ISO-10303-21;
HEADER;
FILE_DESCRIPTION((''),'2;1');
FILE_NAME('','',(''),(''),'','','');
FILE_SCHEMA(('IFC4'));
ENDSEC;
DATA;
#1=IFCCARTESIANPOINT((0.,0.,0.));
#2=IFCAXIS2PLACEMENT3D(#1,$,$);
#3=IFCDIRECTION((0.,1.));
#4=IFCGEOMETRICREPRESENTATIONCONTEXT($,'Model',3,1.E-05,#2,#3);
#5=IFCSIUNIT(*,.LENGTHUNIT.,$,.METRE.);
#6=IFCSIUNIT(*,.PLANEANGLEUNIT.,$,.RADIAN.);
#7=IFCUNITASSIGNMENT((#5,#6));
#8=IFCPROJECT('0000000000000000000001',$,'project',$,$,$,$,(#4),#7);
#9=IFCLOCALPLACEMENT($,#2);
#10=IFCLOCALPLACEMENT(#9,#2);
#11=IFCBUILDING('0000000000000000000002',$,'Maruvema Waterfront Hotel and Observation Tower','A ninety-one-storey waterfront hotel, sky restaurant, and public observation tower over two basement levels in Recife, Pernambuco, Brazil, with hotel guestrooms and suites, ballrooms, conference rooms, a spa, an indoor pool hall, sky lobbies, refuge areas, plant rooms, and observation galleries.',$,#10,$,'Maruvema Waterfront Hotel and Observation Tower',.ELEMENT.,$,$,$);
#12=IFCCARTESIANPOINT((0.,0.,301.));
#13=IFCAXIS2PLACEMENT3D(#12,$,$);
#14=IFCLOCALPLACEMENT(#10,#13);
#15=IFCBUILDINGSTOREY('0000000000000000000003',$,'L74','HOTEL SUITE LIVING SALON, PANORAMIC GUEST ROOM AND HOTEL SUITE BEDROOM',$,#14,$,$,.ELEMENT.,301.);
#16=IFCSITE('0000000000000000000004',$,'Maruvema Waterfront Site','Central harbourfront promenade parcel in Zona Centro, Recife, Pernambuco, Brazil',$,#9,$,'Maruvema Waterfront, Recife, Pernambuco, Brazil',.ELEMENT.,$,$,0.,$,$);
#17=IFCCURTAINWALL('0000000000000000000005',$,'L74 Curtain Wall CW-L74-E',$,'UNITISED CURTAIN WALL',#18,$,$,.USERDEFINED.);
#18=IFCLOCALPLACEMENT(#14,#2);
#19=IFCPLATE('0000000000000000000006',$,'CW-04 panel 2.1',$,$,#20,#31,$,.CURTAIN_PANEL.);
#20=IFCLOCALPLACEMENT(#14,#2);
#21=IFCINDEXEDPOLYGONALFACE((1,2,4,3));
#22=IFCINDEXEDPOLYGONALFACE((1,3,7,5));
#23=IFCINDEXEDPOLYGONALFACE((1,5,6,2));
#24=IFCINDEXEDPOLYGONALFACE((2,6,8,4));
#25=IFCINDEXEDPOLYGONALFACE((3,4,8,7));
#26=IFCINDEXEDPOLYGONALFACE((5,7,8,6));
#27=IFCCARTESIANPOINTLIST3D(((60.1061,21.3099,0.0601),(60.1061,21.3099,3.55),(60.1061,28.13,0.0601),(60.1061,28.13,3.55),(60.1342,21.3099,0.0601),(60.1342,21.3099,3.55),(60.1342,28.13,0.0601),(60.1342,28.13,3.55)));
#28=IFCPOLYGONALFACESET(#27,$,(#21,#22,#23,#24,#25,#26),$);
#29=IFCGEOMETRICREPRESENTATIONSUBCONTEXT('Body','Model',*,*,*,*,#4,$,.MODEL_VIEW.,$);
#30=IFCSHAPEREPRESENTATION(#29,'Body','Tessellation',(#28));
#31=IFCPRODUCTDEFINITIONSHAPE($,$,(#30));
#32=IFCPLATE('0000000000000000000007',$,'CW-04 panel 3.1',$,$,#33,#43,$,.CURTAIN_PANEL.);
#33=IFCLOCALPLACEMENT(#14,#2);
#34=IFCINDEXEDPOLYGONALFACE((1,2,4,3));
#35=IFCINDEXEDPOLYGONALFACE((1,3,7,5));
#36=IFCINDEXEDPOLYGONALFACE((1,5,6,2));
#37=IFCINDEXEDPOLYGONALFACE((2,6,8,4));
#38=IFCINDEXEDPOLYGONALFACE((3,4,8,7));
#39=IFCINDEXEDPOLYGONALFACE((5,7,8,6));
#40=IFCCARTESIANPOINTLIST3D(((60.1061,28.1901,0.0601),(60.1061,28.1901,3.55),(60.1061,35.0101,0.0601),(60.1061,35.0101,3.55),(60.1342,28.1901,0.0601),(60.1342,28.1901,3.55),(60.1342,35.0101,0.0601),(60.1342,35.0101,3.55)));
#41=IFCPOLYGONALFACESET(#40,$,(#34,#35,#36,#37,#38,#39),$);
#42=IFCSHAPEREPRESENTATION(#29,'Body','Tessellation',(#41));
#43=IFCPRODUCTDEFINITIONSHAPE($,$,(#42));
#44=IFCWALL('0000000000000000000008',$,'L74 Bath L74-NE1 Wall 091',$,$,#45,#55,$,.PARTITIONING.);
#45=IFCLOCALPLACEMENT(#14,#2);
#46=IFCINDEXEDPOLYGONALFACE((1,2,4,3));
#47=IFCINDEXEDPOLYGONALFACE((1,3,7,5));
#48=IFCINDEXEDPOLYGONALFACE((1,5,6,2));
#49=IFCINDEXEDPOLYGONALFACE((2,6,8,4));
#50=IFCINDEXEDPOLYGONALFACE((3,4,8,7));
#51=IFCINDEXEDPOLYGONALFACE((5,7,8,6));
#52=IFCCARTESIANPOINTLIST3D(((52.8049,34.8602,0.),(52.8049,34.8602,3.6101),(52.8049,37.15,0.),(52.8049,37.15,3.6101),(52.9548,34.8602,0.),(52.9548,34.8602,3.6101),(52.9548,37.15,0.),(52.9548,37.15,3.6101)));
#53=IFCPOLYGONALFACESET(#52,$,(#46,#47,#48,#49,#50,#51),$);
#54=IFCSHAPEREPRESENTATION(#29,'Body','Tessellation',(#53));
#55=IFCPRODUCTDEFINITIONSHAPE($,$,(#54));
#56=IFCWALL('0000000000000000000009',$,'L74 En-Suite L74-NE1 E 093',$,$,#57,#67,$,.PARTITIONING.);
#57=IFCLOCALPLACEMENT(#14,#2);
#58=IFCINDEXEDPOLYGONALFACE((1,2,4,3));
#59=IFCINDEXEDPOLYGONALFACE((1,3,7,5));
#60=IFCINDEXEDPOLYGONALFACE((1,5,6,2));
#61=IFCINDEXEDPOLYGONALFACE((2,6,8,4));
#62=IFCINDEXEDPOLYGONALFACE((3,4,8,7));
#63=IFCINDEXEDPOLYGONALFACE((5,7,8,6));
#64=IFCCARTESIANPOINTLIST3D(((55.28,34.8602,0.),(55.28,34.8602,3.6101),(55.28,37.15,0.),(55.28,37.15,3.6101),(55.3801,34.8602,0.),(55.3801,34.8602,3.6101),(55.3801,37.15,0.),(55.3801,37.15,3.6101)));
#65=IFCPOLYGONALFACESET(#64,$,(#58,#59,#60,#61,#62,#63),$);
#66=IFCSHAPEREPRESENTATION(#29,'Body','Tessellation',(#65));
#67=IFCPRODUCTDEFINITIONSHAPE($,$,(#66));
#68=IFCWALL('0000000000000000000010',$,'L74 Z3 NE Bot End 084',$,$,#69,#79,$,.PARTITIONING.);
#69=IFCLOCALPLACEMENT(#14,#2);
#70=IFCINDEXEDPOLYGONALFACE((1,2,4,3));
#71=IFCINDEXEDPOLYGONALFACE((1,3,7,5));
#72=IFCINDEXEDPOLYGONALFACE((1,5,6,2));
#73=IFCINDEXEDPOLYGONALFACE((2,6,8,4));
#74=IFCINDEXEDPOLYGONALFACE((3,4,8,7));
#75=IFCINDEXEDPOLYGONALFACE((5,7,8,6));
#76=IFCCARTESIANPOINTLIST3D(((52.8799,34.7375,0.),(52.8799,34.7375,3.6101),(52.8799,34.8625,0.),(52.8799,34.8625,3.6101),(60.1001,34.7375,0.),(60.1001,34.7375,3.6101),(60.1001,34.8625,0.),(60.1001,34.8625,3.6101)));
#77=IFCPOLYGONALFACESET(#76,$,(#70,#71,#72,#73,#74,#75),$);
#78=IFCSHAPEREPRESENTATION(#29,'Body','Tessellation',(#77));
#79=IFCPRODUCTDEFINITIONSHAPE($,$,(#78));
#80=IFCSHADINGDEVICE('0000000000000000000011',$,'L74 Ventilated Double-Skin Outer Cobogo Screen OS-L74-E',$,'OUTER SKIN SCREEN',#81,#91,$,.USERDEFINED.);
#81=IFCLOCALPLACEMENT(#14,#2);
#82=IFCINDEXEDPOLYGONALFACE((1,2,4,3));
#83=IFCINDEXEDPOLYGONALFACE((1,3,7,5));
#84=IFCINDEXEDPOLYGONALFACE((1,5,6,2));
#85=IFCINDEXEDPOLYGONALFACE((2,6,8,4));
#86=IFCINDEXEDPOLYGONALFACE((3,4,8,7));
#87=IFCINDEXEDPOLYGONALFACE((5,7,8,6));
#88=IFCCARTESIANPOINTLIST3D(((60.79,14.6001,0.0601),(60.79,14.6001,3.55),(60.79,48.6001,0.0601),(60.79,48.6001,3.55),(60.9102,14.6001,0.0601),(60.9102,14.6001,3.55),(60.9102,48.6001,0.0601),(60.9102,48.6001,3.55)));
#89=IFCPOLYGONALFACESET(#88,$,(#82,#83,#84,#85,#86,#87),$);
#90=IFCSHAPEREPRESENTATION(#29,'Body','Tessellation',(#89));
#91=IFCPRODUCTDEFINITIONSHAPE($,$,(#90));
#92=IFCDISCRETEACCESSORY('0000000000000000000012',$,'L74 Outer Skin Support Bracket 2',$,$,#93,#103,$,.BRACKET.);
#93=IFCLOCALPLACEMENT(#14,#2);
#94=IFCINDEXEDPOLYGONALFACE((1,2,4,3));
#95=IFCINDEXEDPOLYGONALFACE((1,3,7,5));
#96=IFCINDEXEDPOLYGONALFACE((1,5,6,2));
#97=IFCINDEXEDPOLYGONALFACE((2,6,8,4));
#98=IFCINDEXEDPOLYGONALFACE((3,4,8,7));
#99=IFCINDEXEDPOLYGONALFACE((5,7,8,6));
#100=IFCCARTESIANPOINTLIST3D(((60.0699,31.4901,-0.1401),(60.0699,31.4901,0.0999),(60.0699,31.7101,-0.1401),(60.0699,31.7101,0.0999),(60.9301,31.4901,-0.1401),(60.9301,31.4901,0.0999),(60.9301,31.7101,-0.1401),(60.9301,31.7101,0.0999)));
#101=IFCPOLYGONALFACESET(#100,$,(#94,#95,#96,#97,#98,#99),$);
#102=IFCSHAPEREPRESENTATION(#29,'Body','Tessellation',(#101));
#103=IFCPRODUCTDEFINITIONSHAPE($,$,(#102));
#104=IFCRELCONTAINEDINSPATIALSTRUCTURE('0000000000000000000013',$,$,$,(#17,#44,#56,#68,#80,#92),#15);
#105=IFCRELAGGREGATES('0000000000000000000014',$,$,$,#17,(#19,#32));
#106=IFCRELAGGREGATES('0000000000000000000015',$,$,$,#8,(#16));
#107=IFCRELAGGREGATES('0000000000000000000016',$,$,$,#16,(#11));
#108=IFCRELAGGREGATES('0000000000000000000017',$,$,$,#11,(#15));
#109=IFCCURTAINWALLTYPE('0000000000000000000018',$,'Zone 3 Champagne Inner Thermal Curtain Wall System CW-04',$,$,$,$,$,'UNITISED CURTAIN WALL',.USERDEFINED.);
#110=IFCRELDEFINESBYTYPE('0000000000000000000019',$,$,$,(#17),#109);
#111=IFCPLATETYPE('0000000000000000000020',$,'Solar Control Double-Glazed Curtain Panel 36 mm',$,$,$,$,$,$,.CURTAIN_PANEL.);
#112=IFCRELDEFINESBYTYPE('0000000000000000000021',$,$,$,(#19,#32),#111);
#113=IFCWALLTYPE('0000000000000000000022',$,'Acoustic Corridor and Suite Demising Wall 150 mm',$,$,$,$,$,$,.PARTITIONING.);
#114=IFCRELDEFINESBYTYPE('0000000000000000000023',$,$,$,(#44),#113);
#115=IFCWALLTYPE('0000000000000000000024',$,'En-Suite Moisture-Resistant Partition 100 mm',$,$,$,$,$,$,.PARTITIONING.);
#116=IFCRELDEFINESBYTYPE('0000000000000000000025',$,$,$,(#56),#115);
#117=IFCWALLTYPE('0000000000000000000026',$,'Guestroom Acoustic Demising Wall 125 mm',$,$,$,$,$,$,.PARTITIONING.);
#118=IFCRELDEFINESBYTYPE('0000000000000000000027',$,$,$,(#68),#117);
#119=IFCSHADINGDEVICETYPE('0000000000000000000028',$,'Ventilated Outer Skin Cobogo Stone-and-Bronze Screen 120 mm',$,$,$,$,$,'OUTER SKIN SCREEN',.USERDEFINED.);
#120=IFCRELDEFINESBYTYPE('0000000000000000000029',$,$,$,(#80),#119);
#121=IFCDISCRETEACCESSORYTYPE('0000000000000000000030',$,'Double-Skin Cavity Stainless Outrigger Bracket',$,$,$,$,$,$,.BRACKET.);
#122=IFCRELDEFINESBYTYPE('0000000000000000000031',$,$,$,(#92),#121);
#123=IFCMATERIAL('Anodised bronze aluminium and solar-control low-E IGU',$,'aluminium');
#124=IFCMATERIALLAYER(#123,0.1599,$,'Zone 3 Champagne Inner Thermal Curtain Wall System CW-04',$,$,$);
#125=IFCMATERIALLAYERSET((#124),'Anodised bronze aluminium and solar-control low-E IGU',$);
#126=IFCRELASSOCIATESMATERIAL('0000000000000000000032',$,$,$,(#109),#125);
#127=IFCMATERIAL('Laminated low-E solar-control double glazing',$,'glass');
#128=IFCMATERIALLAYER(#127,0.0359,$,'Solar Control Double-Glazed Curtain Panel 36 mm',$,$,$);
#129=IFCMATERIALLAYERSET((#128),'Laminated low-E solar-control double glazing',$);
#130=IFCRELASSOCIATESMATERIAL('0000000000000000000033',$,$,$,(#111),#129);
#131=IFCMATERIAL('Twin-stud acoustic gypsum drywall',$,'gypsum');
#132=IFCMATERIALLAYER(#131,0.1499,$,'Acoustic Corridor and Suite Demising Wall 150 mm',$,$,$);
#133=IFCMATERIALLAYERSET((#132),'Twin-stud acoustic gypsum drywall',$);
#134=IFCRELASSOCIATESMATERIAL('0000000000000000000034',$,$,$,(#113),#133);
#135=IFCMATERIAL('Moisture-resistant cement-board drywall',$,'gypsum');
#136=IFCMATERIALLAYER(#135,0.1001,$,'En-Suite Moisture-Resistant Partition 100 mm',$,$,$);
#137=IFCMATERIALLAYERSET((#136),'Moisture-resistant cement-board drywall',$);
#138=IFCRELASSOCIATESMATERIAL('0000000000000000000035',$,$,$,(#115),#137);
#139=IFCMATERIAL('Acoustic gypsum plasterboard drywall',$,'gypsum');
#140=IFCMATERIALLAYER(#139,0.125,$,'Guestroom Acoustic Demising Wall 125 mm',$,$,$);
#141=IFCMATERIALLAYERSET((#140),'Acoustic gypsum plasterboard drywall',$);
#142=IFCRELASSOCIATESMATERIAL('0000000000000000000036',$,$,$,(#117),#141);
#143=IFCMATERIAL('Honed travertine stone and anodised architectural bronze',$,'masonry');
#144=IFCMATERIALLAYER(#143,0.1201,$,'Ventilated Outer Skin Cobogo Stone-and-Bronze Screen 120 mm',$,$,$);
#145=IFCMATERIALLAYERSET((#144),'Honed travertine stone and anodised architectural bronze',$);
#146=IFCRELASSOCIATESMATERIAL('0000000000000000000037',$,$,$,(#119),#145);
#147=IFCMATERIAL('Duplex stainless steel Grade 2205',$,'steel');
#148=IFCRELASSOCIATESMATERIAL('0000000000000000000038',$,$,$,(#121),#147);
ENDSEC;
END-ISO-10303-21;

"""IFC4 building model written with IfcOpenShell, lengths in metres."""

from ifc_helpers import new_model, si_unit, direction, frame, frame_2d, origin, origin_2d, place, context, subcontext, project, spatial, rectangle, extrude, material, layer, layer_set, type_object, element, aggregate, save


model = new_model("IFC4")

# Units and contexts
model_context = context("Model", 3, precision=1e-05, world=origin(), true_north=direction((0.0, 1.0)))
body_context = subcontext(model_context, "Body", "Model", "MODEL_VIEW")
ifc_project = project(units=[si_unit("LENGTHUNIT", "METRE"), si_unit("PLANEANGLEUNIT", "RADIAN")], contexts=[model_context])

# Site, building, storey
site_placement = place(None, origin())
site = spatial("IfcSite", under=ifc_project, at=site_placement, Name="Maruvema Waterfront Site", Description="Central harbourfront promenade parcel in Zona Centro, Recife, Pernambuco, Brazil", LongName="Maruvema Waterfront, Recife, Pernambuco, Brazil", CompositionType="ELEMENT", RefElevation=0.0)
building_placement = place(site_placement, origin())
building = spatial("IfcBuilding", under=site, at=building_placement, Name="Maruvema Waterfront Hotel and Observation Tower", Description="A ninety-one-storey waterfront hotel, sky restaurant, and public observation tower over two basement levels in Recife, Pernambuco, Brazil, with hotel guestrooms and suites, ballrooms, conference rooms, a spa, an indoor pool hall, sky lobbies, refuge areas, plant rooms, and observation galleries.", LongName="Maruvema Waterfront Hotel and Observation Tower", CompositionType="ELEMENT")
storey_placement = place(building_placement, frame((0.0, 0.0, 301.0)))
storey = spatial("IfcBuildingStorey", under=building, at=storey_placement, Name="L74", Description="HOTEL SUITE LIVING SALON, PANORAMIC GUEST ROOM AND HOTEL SUITE BEDROOM", CompositionType="ELEMENT", Elevation=301.0)

# Curtain wall
ifc_material_1 = material(Name="Anodised bronze aluminium and solar-control low-E IGU", Category="aluminium")
ifc_layer_1 = layer(ifc_material_1, 0.1599, Name="Zone 3 Champagne Inner Thermal Curtain Wall System CW-04")
ifc_layer_set_1 = layer_set([ifc_layer_1], Name="Anodised bronze aluminium and solar-control low-E IGU")
curtain_wall_type = type_object("IfcCurtainWallType", Name="Zone 3 Champagne Inner Thermal Curtain Wall System CW-04", ElementType="UNITISED CURTAIN WALL", PredefinedType="USERDEFINED", material=ifc_layer_set_1)
curtain_wall_placement = place(storey_placement, origin())
curtain_wall = element("IfcCurtainWall", 1, at=curtain_wall_placement, inside=storey, type_object=curtain_wall_type, Name="L74 Curtain Wall CW-L74-E", ObjectType="UNITISED CURTAIN WALL", PredefinedType="USERDEFINED")

# Plates
ifc_material_2 = material(Name="Laminated low-E solar-control double glazing", Category="glass")
ifc_layer_2 = layer(ifc_material_2, 0.0359, Name="Solar Control Double-Glazed Curtain Panel 36 mm")
ifc_layer_set_2 = layer_set([ifc_layer_2], Name="Laminated low-E solar-control double glazing")
plate_type = type_object("IfcPlateType", Name="Solar Control Double-Glazed Curtain Panel 36 mm", PredefinedType="CURTAIN_PANEL", material=ifc_layer_set_2)
plate_1_placement = place(storey_placement, frame((60.1201, 24.72, 0.0601), z_axis=(0.0, 0.0, 1.0), x_axis=(0.0, 1.0, 0.0)))
plate_1 = element("IfcPlate", 2, at=plate_1_placement, type_object=plate_type, Name="CW-04 panel 2.1", PredefinedType="CURTAIN_PANEL", context=body_context, shape_type="SweptSolid", body=[
    extrude(rectangle(XDim=6.8201, YDim=0.0281, at=origin_2d()), origin(), (0.0, 0.0, 1.0), 3.49),
])
plate_2_placement = place(storey_placement, frame((60.1201, 31.6001, 0.0601), z_axis=(0.0, 0.0, 1.0), x_axis=(0.0, 1.0, 0.0)))
plate_2 = element("IfcPlate", 3, at=plate_2_placement, type_object=plate_type, Name="CW-04 panel 3.1", PredefinedType="CURTAIN_PANEL", context=body_context, shape_type="SweptSolid", body=[
    extrude(rectangle(XDim=6.8201, YDim=0.0281, at=origin_2d()), origin(), (0.0, 0.0, 1.0), 3.49),
])
aggregate(curtain_wall, [plate_1, plate_2])

# Walls
ifc_material_3 = material(Name="Twin-stud acoustic gypsum drywall", Category="gypsum")
ifc_layer_3 = layer(ifc_material_3, 0.1499, Name="Acoustic Corridor and Suite Demising Wall 150 mm")
ifc_layer_set_3 = layer_set([ifc_layer_3], Name="Twin-stud acoustic gypsum drywall")
wall_type_1 = type_object("IfcWallType", Name="Acoustic Corridor and Suite Demising Wall 150 mm", PredefinedType="PARTITIONING", material=ifc_layer_set_3)
wall_1_placement = place(storey_placement, frame((52.8799, 34.8601, 0.0), z_axis=(0.0, 0.0, 1.0), x_axis=(0.0, 1.0, 0.0)))
element("IfcWall", 4, at=wall_1_placement, inside=storey, type_object=wall_type_1, Name="L74 Bath L74-NE1 Wall 091", PredefinedType="PARTITIONING", context=body_context, shape_type="SweptSolid", body=[
    extrude(rectangle(XDim=2.2898, YDim=0.1499, at=frame_2d((1.145, 0.0))), origin(), (0.0, 0.0, 1.0), 3.6101),
])
ifc_material_4 = material(Name="Moisture-resistant cement-board drywall", Category="gypsum")
ifc_layer_4 = layer(ifc_material_4, 0.1001, Name="En-Suite Moisture-Resistant Partition 100 mm")
ifc_layer_set_4 = layer_set([ifc_layer_4], Name="Moisture-resistant cement-board drywall")
wall_type_2 = type_object("IfcWallType", Name="En-Suite Moisture-Resistant Partition 100 mm", PredefinedType="PARTITIONING", material=ifc_layer_set_4)
wall_2_placement = place(storey_placement, frame((55.3301, 34.8601, 0.0), z_axis=(0.0, 0.0, 1.0), x_axis=(0.0, 1.0, 0.0)))
element("IfcWall", 5, at=wall_2_placement, inside=storey, type_object=wall_type_2, Name="L74 En-Suite L74-NE1 E 093", PredefinedType="PARTITIONING", context=body_context, shape_type="SweptSolid", body=[
    extrude(rectangle(XDim=2.2898, YDim=0.1001, at=frame_2d((1.145, 0.0))), origin(), (0.0, 0.0, 1.0), 3.6101),
])
ifc_material_5 = material(Name="Acoustic gypsum plasterboard drywall", Category="gypsum")
ifc_layer_5 = layer(ifc_material_5, 0.125, Name="Guestroom Acoustic Demising Wall 125 mm")
ifc_layer_set_5 = layer_set([ifc_layer_5], Name="Acoustic gypsum plasterboard drywall")
wall_type_3 = type_object("IfcWallType", Name="Guestroom Acoustic Demising Wall 125 mm", PredefinedType="PARTITIONING", material=ifc_layer_set_5)
wall_3_placement = place(storey_placement, frame((52.8799, 34.8, 0.0), z_axis=(0.0, 0.0, 1.0), x_axis=(1.0, 0.0, 0.0)))
element("IfcWall", 6, at=wall_3_placement, inside=storey, type_object=wall_type_3, Name="L74 Z3 NE Bot End 084", PredefinedType="PARTITIONING", context=body_context, shape_type="SweptSolid", body=[
    extrude(rectangle(XDim=7.2202, YDim=0.125, at=frame_2d((3.6101, 0.0))), origin(), (0.0, 0.0, 1.0), 3.6101),
])

# Shading device
ifc_material_6 = material(Name="Honed travertine stone and anodised architectural bronze", Category="masonry")
ifc_layer_6 = layer(ifc_material_6, 0.1201, Name="Ventilated Outer Skin Cobogo Stone-and-Bronze Screen 120 mm")
ifc_layer_set_6 = layer_set([ifc_layer_6], Name="Honed travertine stone and anodised architectural bronze")
shading_device_type = type_object("IfcShadingDeviceType", Name="Ventilated Outer Skin Cobogo Stone-and-Bronze Screen 120 mm", ElementType="OUTER SKIN SCREEN", PredefinedType="USERDEFINED", material=ifc_layer_set_6)
shading_device_placement = place(storey_placement, frame((60.8501, 31.6001, 0.0601), z_axis=(0.0, 0.0, 1.0), x_axis=(0.0, 1.0, 0.0)))
element("IfcShadingDevice", 7, at=shading_device_placement, inside=storey, type_object=shading_device_type, Name="L74 Ventilated Double-Skin Outer Cobogo Screen OS-L74-E", ObjectType="OUTER SKIN SCREEN", PredefinedType="USERDEFINED", context=body_context, shape_type="SweptSolid", body=[
    extrude(rectangle(XDim=34.0, YDim=0.1201, at=origin_2d()), origin(), (0.0, 0.0, 1.0), 3.49),
])

# Discrete accessory
ifc_material_7 = material(Name="Duplex stainless steel Grade 2205", Category="steel")
discrete_accessory_type = type_object("IfcDiscreteAccessoryType", Name="Double-Skin Cavity Stainless Outrigger Bracket", PredefinedType="BRACKET", material=ifc_material_7)
discrete_accessory_placement = place(storey_placement, frame((60.5, 31.6001, -0.1401), z_axis=(0.0, 0.0, 1.0), x_axis=(0.0, 1.0, 0.0)))
element("IfcDiscreteAccessory", 8, at=discrete_accessory_placement, inside=storey, type_object=discrete_accessory_type, Name="L74 Outer Skin Support Bracket 2", PredefinedType="BRACKET", context=body_context, shape_type="SweptSolid", body=[
    extrude(rectangle(XDim=0.22, YDim=0.8601, at=origin_2d()), origin(), (0.0, 0.0, 1.0), 0.24),
])

save(model, "model.ifc")
